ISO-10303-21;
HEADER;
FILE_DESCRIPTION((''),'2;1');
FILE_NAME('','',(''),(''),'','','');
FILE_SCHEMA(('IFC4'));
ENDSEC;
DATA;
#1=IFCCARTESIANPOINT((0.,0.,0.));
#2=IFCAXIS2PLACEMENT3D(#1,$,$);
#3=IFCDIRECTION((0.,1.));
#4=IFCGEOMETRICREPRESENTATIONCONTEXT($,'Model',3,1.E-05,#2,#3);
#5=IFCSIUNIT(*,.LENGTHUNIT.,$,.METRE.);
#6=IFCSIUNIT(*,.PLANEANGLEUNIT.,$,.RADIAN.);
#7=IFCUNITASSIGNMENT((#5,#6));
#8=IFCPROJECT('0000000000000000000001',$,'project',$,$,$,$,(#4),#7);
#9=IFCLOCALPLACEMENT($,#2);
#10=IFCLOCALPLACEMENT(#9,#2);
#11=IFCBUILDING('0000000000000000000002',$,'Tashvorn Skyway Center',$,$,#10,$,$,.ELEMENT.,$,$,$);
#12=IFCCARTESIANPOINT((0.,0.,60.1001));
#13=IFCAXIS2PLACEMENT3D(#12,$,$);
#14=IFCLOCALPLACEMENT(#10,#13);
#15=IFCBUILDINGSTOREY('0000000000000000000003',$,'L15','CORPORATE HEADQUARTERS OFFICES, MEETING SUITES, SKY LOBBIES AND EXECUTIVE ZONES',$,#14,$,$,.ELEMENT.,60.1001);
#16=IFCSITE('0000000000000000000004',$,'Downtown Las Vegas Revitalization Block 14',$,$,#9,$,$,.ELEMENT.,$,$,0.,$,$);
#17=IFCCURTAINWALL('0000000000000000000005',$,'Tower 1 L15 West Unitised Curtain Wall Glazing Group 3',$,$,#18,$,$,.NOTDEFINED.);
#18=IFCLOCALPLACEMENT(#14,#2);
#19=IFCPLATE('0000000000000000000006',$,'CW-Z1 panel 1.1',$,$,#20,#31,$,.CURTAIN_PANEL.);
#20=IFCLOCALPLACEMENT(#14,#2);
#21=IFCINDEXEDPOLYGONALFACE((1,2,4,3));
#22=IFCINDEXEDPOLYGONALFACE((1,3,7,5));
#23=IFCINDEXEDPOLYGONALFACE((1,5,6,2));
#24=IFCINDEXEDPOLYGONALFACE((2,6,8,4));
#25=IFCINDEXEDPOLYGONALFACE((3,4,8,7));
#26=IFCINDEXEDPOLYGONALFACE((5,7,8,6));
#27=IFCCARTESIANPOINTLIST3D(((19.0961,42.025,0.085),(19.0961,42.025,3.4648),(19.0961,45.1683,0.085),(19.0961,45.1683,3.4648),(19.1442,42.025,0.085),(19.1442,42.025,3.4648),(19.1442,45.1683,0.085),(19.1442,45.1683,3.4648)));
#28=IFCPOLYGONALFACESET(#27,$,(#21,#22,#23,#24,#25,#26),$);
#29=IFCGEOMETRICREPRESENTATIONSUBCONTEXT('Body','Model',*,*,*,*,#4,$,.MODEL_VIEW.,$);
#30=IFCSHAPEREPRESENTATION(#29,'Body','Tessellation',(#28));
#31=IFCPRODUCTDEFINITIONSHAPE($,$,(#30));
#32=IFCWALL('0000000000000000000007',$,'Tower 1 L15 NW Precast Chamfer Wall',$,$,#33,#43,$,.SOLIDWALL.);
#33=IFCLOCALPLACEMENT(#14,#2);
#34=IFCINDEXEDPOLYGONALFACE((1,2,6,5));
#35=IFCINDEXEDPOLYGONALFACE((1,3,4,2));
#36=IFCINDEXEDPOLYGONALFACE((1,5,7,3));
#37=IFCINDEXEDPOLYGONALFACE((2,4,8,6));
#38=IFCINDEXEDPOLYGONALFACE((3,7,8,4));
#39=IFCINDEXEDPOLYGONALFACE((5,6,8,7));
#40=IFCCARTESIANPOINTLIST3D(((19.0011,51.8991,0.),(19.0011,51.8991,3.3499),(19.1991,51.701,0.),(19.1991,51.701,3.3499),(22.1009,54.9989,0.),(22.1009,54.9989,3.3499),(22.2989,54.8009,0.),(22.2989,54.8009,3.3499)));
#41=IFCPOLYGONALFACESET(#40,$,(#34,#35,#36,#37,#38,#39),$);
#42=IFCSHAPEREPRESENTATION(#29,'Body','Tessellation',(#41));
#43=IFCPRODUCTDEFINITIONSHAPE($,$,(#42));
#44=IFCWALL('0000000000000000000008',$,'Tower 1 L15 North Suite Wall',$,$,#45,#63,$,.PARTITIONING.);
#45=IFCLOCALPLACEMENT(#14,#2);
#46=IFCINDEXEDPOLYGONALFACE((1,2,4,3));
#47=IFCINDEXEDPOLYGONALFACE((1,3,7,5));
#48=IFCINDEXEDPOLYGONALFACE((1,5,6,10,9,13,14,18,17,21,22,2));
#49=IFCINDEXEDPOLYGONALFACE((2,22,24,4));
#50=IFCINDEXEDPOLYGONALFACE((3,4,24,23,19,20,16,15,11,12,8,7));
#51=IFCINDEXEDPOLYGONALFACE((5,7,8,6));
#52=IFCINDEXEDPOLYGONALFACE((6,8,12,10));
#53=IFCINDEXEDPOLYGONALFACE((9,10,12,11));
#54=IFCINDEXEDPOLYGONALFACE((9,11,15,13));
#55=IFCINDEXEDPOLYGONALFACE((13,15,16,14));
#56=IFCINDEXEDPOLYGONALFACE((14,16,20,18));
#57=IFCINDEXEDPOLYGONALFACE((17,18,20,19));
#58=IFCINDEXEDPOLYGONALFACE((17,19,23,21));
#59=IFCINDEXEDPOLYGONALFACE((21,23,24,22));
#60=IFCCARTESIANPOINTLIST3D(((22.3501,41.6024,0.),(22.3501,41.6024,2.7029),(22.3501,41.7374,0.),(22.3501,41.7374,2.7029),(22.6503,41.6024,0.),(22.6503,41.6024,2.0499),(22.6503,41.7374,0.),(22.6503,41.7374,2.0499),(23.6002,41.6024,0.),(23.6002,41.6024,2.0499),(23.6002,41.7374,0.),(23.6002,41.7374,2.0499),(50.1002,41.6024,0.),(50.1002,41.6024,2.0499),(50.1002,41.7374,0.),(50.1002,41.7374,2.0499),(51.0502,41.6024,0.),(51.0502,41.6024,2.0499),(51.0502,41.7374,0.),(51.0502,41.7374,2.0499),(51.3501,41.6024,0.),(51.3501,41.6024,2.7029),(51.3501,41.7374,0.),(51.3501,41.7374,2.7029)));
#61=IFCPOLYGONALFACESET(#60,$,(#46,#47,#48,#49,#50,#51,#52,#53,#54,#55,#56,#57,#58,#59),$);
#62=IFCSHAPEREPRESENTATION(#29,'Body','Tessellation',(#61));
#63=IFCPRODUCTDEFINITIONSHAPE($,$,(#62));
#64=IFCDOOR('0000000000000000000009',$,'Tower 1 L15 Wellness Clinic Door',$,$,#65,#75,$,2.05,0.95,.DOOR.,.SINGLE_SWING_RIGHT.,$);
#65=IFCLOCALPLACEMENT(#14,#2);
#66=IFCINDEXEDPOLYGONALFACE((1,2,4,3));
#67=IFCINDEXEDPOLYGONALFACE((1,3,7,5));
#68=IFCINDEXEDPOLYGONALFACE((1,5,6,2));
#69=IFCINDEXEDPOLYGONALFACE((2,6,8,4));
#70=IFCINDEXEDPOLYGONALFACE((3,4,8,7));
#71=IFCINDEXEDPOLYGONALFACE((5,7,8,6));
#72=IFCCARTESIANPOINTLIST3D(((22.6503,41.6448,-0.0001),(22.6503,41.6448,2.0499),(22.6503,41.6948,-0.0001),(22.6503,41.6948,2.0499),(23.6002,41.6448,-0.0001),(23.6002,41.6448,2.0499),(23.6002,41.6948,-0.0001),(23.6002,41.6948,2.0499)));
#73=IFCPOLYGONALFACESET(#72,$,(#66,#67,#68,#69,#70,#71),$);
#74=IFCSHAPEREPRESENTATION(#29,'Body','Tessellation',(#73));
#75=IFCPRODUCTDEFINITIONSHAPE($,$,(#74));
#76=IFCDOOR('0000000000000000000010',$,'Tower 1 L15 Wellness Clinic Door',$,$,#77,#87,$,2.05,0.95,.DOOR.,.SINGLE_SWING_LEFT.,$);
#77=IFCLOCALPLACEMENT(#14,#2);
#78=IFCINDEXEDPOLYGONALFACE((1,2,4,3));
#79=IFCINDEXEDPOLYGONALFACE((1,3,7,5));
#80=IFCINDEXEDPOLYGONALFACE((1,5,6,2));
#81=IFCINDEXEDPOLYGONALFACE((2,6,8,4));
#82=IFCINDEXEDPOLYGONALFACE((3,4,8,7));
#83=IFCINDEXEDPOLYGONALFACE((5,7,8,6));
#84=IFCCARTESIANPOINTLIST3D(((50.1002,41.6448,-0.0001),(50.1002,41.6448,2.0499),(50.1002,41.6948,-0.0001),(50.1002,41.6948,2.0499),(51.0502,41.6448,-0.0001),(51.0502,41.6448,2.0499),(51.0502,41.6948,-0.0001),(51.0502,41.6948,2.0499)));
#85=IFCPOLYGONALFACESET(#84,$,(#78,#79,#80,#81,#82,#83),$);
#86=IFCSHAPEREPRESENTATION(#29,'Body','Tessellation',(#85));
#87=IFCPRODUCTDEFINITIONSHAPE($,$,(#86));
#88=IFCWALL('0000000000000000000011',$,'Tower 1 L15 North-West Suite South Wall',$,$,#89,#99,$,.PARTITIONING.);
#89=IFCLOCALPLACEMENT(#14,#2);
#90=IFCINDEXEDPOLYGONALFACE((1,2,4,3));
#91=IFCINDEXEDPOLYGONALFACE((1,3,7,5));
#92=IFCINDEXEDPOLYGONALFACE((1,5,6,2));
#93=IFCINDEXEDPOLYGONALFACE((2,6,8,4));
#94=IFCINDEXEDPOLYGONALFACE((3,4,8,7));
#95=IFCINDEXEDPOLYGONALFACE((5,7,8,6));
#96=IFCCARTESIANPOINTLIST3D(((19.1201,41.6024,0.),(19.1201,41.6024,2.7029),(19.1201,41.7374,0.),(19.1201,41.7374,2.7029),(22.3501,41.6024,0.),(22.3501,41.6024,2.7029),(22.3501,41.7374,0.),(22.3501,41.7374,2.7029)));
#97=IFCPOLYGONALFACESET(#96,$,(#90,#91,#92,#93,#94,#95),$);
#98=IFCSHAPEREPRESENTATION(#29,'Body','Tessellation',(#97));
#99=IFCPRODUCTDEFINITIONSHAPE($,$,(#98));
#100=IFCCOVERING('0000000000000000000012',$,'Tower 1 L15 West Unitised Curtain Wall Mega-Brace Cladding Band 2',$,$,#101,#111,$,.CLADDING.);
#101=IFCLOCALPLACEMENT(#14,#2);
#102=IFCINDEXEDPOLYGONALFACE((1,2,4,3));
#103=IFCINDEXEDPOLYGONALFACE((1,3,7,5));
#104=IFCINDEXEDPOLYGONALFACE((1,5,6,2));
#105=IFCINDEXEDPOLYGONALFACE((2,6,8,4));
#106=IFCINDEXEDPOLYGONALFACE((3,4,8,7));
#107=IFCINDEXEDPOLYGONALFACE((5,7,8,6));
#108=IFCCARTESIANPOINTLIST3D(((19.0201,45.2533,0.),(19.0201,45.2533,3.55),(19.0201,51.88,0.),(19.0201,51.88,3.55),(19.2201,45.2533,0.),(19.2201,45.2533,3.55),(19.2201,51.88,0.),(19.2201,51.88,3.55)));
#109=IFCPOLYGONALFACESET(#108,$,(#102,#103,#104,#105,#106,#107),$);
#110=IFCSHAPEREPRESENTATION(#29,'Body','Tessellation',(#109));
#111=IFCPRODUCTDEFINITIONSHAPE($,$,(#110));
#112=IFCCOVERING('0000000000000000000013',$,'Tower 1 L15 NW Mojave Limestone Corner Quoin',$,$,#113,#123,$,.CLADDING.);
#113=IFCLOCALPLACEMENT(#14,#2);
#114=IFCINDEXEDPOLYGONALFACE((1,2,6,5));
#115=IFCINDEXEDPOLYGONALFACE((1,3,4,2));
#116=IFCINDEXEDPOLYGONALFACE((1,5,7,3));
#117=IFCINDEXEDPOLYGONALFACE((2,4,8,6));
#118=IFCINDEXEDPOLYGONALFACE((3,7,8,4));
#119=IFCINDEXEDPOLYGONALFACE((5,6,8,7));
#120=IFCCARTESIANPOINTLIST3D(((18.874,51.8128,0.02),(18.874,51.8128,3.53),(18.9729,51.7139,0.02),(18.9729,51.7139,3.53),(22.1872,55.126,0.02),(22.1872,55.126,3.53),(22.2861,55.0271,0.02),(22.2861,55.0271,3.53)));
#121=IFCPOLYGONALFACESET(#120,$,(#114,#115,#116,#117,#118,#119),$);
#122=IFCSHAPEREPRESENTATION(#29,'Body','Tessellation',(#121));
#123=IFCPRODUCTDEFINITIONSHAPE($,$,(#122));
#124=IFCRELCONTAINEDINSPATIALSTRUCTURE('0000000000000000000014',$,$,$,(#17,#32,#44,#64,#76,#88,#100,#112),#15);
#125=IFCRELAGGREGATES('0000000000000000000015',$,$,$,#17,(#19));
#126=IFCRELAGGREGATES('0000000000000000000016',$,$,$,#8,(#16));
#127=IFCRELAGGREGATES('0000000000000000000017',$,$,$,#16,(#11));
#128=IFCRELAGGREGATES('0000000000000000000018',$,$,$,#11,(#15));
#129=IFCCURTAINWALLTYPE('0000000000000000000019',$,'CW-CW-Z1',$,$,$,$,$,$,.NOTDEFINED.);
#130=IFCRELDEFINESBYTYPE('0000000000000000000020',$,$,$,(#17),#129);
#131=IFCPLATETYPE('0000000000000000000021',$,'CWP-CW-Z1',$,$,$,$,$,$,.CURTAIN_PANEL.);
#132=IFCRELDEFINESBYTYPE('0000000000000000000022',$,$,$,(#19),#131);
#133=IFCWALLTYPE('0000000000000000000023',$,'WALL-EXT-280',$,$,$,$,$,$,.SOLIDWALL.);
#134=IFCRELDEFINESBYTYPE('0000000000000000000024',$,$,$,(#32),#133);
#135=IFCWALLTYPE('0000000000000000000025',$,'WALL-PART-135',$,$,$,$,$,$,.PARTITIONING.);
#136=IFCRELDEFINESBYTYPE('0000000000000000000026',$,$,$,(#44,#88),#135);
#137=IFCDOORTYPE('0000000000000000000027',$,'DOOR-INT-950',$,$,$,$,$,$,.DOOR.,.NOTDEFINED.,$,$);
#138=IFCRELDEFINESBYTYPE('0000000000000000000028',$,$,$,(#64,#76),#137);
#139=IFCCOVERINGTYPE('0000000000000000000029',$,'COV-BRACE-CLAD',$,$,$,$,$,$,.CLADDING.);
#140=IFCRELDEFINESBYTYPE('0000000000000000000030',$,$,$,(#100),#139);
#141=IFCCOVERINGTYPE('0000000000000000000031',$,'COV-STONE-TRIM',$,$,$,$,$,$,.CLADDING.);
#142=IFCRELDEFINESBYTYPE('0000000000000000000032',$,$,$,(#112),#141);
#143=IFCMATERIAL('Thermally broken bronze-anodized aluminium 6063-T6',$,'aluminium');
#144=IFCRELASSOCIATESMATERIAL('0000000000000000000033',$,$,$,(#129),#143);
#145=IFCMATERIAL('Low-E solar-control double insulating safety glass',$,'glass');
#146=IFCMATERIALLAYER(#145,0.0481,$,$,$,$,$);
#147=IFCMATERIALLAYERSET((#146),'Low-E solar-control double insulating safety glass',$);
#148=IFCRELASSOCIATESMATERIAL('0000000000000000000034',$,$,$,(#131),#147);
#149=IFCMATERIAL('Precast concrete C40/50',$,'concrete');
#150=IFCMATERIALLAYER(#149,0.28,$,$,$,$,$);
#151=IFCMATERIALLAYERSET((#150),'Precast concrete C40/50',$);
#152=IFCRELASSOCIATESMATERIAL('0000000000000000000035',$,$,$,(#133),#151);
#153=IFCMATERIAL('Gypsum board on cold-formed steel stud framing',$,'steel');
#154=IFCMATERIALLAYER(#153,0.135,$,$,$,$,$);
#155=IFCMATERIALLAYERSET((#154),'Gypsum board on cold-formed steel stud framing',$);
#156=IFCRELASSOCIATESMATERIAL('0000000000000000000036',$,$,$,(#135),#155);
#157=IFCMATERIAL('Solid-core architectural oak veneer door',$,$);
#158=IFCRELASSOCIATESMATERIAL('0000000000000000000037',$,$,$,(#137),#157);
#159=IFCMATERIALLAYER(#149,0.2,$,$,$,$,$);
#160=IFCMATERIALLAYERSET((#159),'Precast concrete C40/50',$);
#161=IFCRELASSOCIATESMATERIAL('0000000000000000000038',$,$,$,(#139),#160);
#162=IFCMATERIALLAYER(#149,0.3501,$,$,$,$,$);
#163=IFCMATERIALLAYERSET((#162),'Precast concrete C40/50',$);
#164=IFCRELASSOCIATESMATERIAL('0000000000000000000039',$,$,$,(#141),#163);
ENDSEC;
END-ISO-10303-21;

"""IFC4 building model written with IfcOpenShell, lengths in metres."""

from ifc_helpers import new_model, si_unit, direction, frame, frame_2d, origin, origin_2d, place, context, subcontext, project, spatial, rectangle, extrude, material, layer, layer_set, type_object, element, fill, aggregate, save


model = new_model("IFC4")

# Units and contexts
model_context = context("Model", 3, precision=1e-05, world=origin(), true_north=direction((0.0, 1.0)))
body_context = subcontext(model_context, "Body", "Model", "MODEL_VIEW")
ifc_project = project(units=[si_unit("LENGTHUNIT", "METRE"), si_unit("PLANEANGLEUNIT", "RADIAN")], contexts=[model_context])

# Site, building, storey
site_placement = place(None, origin())
site = spatial("IfcSite", under=ifc_project, at=site_placement, Name="Downtown Las Vegas Revitalization Block 14", CompositionType="ELEMENT", RefElevation=0.0)
building_placement = place(site_placement, origin())
building = spatial("IfcBuilding", under=site, at=building_placement, Name="Tashvorn Skyway Center", CompositionType="ELEMENT")
storey_placement = place(building_placement, frame((0.0, 0.0, 60.1001)))
storey = spatial("IfcBuildingStorey", under=building, at=storey_placement, Name="L15", Description="CORPORATE HEADQUARTERS OFFICES, MEETING SUITES, SKY LOBBIES AND EXECUTIVE ZONES", CompositionType="ELEMENT", Elevation=60.1001)

# Shared definitions
ifc_material_1 = material(Name="Thermally broken bronze-anodized aluminium 6063-T6", Category="aluminium")
curtain_wall_type = type_object("IfcCurtainWallType", Name="CW-CW-Z1", PredefinedType="NOTDEFINED", material=ifc_material_1)

# Curtain wall, plate
curtain_wall_1_placement = place(storey_placement, origin())
curtain_wall_1 = element("IfcCurtainWall", 1, at=curtain_wall_1_placement, inside=storey, type_object=curtain_wall_type, Name="Tower 1 L15 West Unitised Curtain Wall Glazing Group 3", PredefinedType="NOTDEFINED")
ifc_material_2 = material(Name="Low-E solar-control double insulating safety glass", Category="glass")
ifc_layer_1 = layer(ifc_material_2, 0.0481)
ifc_layer_set_1 = layer_set([ifc_layer_1], Name="Low-E solar-control double insulating safety glass")
plate_type = type_object("IfcPlateType", Name="CWP-CW-Z1", PredefinedType="CURTAIN_PANEL", material=ifc_layer_set_1)
plate_placement = place(storey_placement, frame((19.1201, 43.5967, 0.085), z_axis=(0.0, 0.0, 1.0), x_axis=(0.0, 1.0, 0.0)))
plate = element("IfcPlate", 2, at=plate_placement, type_object=plate_type, Name="CW-Z1 panel 1.1", PredefinedType="CURTAIN_PANEL", context=body_context, shape_type="SweptSolid", body=[
    extrude(rectangle(XDim=3.1433, YDim=0.0481, at=origin_2d()), origin(), (0.0, 0.0, 1.0), 3.3799),
])
aggregate(curtain_wall_1, [plate])

# Wall
ifc_material_3 = material(Name="Precast concrete C40/50", Category="concrete")
ifc_layer_2 = layer(ifc_material_3, 0.28)
ifc_layer_set_2 = layer_set([ifc_layer_2], Name="Precast concrete C40/50")
wall_type_1 = type_object("IfcWallType", Name="WALL-EXT-280", PredefinedType="SOLIDWALL", material=ifc_layer_set_2)
wall_1_placement = place(storey_placement, frame((19.1001, 51.8, 0.0), z_axis=(0.0, 0.0, 1.0), x_axis=(0.707107, 0.707107, 0.0)))
element("IfcWall", 3, at=wall_1_placement, inside=storey, type_object=wall_type_1, Name="Tower 1 L15 NW Precast Chamfer Wall", PredefinedType="SOLIDWALL", context=body_context, shape_type="SweptSolid", body=[
    extrude(rectangle(XDim=4.3838, YDim=0.28, at=frame_2d((2.1919, 0.0))), origin(), (0.0, 0.0, 1.0), 3.3499),
])

# Wall, openings, doors
ifc_material_4 = material(Name="Gypsum board on cold-formed steel stud framing", Category="steel")
ifc_layer_3 = layer(ifc_material_4, 0.135)
ifc_layer_set_3 = layer_set([ifc_layer_3], Name="Gypsum board on cold-formed steel stud framing")
wall_type_2 = type_object("IfcWallType", Name="WALL-PART-135", PredefinedType="PARTITIONING", material=ifc_layer_set_3)
wall_2_placement = place(storey_placement, frame((22.3501, 41.6699, 0.0), z_axis=(0.0, 0.0, 1.0), x_axis=(1.0, 0.0, 0.0)))
wall_2 = element("IfcWall", 4, at=wall_2_placement, inside=storey, type_object=wall_type_2, Name="Tower 1 L15 North Suite Wall", PredefinedType="PARTITIONING", context=body_context, shape_type="SweptSolid", body=[
    extrude(rectangle(XDim=29.0, YDim=0.135, at=frame_2d((14.5, 0.0))), origin(), (0.0, 0.0, 1.0), 2.7029),
])
opening_1_placement = place(wall_2_placement, frame((0.3, 0.0, 0.0)))
opening_1 = element("IfcOpeningElement", 5, at=opening_1_placement, cuts=wall_2, PredefinedType="OPENING", context=body_context, shape_type="SweptSolid", body=[
    extrude(rectangle(XDim=0.95, YDim=2.05, at=frame_2d((0.4751, 1.0249))), frame((0.0, 0.0774, 0.0), z_axis=(0.0, -1.0, 0.0), x_axis=(1.0, 0.0, 0.0)), (0.0, 0.0, 1.0), 0.155),
])
opening_2_placement = place(wall_2_placement, frame((27.75, 0.0, 0.0)))
opening_2 = element("IfcOpeningElement", 6, at=opening_2_placement, cuts=wall_2, PredefinedType="OPENING", context=body_context, shape_type="SweptSolid", body=[
    extrude(rectangle(XDim=0.95, YDim=2.05, at=frame_2d((0.4751, 1.0249))), frame((0.0, 0.0774, 0.0), z_axis=(0.0, -1.0, 0.0), x_axis=(1.0, 0.0, 0.0)), (0.0, 0.0, 1.0), 0.155),
])
ifc_material_5 = material(Name="Solid-core architectural oak veneer door")
door_type = type_object("IfcDoorType", Name="DOOR-INT-950", OperationType="NOTDEFINED", PredefinedType="DOOR", material=ifc_material_5)
door_1_placement = place(opening_1_placement, origin())
door_1 = element("IfcDoor", 7, at=door_1_placement, inside=storey, type_object=door_type, Name="Tower 1 L15 Wellness Clinic Door", OperationType="SINGLE_SWING_RIGHT", OverallHeight=2.05, OverallWidth=0.95, PredefinedType="DOOR", context=body_context, shape_type="SweptSolid", body=[
    extrude(rectangle(XDim=0.95, YDim=2.05, at=frame_2d((0.4751, 1.0249))), frame((0.0, 0.0249, 0.0), z_axis=(0.0, -1.0, 0.0), x_axis=(1.0, 0.0, 0.0)), (0.0, 0.0, 1.0), 0.05),
])
fill(opening_1, door_1)
door_2_placement = place(opening_2_placement, origin())
door_2 = element("IfcDoor", 8, at=door_2_placement, inside=storey, type_object=door_type, Name="Tower 1 L15 Wellness Clinic Door", OperationType="SINGLE_SWING_LEFT", OverallHeight=2.05, OverallWidth=0.95, PredefinedType="DOOR", context=body_context, shape_type="SweptSolid", body=[
    extrude(rectangle(XDim=0.95, YDim=2.05, at=frame_2d((0.4751, 1.0249))), frame((0.0, 0.0249, 0.0), z_axis=(0.0, -1.0, 0.0), x_axis=(1.0, 0.0, 0.0)), (0.0, 0.0, 1.0), 0.05),
])
fill(opening_2, door_2)

# Wall
wall_3_placement = place(storey_placement, frame((19.1201, 41.6699, 0.0), z_axis=(0.0, 0.0, 1.0), x_axis=(1.0, 0.0, 0.0)))
element("IfcWall", 9, at=wall_3_placement, inside=storey, type_object=wall_type_2, Name="Tower 1 L15 North-West Suite South Wall", PredefinedType="PARTITIONING", context=body_context, shape_type="SweptSolid", body=[
    extrude(rectangle(XDim=3.23, YDim=0.135, at=frame_2d((1.615, 0.0))), origin(), (0.0, 0.0, 1.0), 2.7029),
])

# Coverings
ifc_layer_4 = layer(ifc_material_3, 0.2)
ifc_layer_set_4 = layer_set([ifc_layer_4], Name="Precast concrete C40/50")
covering_type_1 = type_object("IfcCoveringType", Name="COV-BRACE-CLAD", PredefinedType="CLADDING", material=ifc_layer_set_4)
covering_1_placement = place(storey_placement, frame((19.1201, 48.5667, 0.0), z_axis=(0.0, 0.0, 1.0), x_axis=(0.0, 1.0, 0.0)))
element("IfcCovering", 10, at=covering_1_placement, inside=storey, type_object=covering_type_1, Name="Tower 1 L15 West Unitised Curtain Wall Mega-Brace Cladding Band 2", PredefinedType="CLADDING", context=body_context, shape_type="SweptSolid", body=[
    extrude(rectangle(XDim=6.6267, YDim=0.2, at=origin_2d()), origin(), (0.0, 0.0, 1.0), 3.55),
])
ifc_layer_5 = layer(ifc_material_3, 0.3501)
ifc_layer_set_5 = layer_set([ifc_layer_5], Name="Precast concrete C40/50")
covering_type_2 = type_object("IfcCoveringType", Name="COV-STONE-TRIM", PredefinedType="CLADDING", material=ifc_layer_set_5)
covering_2_placement = place(storey_placement, frame((20.5801, 53.4199, 0.02), z_axis=(0.0, 0.0, 1.0), x_axis=(-0.707107, -0.707107, 0.0)))
element("IfcCovering", 11, at=covering_2_placement, inside=storey, type_object=covering_type_2, Name="Tower 1 L15 NW Mojave Limestone Corner Quoin", PredefinedType="CLADDING", context=body_context, shape_type="SweptSolid", body=[
    extrude(rectangle(XDim=4.6855, YDim=0.1399, at=origin_2d()), origin(), (0.0, 0.0, 1.0), 3.51),
])

save(model, "model.ifc")
